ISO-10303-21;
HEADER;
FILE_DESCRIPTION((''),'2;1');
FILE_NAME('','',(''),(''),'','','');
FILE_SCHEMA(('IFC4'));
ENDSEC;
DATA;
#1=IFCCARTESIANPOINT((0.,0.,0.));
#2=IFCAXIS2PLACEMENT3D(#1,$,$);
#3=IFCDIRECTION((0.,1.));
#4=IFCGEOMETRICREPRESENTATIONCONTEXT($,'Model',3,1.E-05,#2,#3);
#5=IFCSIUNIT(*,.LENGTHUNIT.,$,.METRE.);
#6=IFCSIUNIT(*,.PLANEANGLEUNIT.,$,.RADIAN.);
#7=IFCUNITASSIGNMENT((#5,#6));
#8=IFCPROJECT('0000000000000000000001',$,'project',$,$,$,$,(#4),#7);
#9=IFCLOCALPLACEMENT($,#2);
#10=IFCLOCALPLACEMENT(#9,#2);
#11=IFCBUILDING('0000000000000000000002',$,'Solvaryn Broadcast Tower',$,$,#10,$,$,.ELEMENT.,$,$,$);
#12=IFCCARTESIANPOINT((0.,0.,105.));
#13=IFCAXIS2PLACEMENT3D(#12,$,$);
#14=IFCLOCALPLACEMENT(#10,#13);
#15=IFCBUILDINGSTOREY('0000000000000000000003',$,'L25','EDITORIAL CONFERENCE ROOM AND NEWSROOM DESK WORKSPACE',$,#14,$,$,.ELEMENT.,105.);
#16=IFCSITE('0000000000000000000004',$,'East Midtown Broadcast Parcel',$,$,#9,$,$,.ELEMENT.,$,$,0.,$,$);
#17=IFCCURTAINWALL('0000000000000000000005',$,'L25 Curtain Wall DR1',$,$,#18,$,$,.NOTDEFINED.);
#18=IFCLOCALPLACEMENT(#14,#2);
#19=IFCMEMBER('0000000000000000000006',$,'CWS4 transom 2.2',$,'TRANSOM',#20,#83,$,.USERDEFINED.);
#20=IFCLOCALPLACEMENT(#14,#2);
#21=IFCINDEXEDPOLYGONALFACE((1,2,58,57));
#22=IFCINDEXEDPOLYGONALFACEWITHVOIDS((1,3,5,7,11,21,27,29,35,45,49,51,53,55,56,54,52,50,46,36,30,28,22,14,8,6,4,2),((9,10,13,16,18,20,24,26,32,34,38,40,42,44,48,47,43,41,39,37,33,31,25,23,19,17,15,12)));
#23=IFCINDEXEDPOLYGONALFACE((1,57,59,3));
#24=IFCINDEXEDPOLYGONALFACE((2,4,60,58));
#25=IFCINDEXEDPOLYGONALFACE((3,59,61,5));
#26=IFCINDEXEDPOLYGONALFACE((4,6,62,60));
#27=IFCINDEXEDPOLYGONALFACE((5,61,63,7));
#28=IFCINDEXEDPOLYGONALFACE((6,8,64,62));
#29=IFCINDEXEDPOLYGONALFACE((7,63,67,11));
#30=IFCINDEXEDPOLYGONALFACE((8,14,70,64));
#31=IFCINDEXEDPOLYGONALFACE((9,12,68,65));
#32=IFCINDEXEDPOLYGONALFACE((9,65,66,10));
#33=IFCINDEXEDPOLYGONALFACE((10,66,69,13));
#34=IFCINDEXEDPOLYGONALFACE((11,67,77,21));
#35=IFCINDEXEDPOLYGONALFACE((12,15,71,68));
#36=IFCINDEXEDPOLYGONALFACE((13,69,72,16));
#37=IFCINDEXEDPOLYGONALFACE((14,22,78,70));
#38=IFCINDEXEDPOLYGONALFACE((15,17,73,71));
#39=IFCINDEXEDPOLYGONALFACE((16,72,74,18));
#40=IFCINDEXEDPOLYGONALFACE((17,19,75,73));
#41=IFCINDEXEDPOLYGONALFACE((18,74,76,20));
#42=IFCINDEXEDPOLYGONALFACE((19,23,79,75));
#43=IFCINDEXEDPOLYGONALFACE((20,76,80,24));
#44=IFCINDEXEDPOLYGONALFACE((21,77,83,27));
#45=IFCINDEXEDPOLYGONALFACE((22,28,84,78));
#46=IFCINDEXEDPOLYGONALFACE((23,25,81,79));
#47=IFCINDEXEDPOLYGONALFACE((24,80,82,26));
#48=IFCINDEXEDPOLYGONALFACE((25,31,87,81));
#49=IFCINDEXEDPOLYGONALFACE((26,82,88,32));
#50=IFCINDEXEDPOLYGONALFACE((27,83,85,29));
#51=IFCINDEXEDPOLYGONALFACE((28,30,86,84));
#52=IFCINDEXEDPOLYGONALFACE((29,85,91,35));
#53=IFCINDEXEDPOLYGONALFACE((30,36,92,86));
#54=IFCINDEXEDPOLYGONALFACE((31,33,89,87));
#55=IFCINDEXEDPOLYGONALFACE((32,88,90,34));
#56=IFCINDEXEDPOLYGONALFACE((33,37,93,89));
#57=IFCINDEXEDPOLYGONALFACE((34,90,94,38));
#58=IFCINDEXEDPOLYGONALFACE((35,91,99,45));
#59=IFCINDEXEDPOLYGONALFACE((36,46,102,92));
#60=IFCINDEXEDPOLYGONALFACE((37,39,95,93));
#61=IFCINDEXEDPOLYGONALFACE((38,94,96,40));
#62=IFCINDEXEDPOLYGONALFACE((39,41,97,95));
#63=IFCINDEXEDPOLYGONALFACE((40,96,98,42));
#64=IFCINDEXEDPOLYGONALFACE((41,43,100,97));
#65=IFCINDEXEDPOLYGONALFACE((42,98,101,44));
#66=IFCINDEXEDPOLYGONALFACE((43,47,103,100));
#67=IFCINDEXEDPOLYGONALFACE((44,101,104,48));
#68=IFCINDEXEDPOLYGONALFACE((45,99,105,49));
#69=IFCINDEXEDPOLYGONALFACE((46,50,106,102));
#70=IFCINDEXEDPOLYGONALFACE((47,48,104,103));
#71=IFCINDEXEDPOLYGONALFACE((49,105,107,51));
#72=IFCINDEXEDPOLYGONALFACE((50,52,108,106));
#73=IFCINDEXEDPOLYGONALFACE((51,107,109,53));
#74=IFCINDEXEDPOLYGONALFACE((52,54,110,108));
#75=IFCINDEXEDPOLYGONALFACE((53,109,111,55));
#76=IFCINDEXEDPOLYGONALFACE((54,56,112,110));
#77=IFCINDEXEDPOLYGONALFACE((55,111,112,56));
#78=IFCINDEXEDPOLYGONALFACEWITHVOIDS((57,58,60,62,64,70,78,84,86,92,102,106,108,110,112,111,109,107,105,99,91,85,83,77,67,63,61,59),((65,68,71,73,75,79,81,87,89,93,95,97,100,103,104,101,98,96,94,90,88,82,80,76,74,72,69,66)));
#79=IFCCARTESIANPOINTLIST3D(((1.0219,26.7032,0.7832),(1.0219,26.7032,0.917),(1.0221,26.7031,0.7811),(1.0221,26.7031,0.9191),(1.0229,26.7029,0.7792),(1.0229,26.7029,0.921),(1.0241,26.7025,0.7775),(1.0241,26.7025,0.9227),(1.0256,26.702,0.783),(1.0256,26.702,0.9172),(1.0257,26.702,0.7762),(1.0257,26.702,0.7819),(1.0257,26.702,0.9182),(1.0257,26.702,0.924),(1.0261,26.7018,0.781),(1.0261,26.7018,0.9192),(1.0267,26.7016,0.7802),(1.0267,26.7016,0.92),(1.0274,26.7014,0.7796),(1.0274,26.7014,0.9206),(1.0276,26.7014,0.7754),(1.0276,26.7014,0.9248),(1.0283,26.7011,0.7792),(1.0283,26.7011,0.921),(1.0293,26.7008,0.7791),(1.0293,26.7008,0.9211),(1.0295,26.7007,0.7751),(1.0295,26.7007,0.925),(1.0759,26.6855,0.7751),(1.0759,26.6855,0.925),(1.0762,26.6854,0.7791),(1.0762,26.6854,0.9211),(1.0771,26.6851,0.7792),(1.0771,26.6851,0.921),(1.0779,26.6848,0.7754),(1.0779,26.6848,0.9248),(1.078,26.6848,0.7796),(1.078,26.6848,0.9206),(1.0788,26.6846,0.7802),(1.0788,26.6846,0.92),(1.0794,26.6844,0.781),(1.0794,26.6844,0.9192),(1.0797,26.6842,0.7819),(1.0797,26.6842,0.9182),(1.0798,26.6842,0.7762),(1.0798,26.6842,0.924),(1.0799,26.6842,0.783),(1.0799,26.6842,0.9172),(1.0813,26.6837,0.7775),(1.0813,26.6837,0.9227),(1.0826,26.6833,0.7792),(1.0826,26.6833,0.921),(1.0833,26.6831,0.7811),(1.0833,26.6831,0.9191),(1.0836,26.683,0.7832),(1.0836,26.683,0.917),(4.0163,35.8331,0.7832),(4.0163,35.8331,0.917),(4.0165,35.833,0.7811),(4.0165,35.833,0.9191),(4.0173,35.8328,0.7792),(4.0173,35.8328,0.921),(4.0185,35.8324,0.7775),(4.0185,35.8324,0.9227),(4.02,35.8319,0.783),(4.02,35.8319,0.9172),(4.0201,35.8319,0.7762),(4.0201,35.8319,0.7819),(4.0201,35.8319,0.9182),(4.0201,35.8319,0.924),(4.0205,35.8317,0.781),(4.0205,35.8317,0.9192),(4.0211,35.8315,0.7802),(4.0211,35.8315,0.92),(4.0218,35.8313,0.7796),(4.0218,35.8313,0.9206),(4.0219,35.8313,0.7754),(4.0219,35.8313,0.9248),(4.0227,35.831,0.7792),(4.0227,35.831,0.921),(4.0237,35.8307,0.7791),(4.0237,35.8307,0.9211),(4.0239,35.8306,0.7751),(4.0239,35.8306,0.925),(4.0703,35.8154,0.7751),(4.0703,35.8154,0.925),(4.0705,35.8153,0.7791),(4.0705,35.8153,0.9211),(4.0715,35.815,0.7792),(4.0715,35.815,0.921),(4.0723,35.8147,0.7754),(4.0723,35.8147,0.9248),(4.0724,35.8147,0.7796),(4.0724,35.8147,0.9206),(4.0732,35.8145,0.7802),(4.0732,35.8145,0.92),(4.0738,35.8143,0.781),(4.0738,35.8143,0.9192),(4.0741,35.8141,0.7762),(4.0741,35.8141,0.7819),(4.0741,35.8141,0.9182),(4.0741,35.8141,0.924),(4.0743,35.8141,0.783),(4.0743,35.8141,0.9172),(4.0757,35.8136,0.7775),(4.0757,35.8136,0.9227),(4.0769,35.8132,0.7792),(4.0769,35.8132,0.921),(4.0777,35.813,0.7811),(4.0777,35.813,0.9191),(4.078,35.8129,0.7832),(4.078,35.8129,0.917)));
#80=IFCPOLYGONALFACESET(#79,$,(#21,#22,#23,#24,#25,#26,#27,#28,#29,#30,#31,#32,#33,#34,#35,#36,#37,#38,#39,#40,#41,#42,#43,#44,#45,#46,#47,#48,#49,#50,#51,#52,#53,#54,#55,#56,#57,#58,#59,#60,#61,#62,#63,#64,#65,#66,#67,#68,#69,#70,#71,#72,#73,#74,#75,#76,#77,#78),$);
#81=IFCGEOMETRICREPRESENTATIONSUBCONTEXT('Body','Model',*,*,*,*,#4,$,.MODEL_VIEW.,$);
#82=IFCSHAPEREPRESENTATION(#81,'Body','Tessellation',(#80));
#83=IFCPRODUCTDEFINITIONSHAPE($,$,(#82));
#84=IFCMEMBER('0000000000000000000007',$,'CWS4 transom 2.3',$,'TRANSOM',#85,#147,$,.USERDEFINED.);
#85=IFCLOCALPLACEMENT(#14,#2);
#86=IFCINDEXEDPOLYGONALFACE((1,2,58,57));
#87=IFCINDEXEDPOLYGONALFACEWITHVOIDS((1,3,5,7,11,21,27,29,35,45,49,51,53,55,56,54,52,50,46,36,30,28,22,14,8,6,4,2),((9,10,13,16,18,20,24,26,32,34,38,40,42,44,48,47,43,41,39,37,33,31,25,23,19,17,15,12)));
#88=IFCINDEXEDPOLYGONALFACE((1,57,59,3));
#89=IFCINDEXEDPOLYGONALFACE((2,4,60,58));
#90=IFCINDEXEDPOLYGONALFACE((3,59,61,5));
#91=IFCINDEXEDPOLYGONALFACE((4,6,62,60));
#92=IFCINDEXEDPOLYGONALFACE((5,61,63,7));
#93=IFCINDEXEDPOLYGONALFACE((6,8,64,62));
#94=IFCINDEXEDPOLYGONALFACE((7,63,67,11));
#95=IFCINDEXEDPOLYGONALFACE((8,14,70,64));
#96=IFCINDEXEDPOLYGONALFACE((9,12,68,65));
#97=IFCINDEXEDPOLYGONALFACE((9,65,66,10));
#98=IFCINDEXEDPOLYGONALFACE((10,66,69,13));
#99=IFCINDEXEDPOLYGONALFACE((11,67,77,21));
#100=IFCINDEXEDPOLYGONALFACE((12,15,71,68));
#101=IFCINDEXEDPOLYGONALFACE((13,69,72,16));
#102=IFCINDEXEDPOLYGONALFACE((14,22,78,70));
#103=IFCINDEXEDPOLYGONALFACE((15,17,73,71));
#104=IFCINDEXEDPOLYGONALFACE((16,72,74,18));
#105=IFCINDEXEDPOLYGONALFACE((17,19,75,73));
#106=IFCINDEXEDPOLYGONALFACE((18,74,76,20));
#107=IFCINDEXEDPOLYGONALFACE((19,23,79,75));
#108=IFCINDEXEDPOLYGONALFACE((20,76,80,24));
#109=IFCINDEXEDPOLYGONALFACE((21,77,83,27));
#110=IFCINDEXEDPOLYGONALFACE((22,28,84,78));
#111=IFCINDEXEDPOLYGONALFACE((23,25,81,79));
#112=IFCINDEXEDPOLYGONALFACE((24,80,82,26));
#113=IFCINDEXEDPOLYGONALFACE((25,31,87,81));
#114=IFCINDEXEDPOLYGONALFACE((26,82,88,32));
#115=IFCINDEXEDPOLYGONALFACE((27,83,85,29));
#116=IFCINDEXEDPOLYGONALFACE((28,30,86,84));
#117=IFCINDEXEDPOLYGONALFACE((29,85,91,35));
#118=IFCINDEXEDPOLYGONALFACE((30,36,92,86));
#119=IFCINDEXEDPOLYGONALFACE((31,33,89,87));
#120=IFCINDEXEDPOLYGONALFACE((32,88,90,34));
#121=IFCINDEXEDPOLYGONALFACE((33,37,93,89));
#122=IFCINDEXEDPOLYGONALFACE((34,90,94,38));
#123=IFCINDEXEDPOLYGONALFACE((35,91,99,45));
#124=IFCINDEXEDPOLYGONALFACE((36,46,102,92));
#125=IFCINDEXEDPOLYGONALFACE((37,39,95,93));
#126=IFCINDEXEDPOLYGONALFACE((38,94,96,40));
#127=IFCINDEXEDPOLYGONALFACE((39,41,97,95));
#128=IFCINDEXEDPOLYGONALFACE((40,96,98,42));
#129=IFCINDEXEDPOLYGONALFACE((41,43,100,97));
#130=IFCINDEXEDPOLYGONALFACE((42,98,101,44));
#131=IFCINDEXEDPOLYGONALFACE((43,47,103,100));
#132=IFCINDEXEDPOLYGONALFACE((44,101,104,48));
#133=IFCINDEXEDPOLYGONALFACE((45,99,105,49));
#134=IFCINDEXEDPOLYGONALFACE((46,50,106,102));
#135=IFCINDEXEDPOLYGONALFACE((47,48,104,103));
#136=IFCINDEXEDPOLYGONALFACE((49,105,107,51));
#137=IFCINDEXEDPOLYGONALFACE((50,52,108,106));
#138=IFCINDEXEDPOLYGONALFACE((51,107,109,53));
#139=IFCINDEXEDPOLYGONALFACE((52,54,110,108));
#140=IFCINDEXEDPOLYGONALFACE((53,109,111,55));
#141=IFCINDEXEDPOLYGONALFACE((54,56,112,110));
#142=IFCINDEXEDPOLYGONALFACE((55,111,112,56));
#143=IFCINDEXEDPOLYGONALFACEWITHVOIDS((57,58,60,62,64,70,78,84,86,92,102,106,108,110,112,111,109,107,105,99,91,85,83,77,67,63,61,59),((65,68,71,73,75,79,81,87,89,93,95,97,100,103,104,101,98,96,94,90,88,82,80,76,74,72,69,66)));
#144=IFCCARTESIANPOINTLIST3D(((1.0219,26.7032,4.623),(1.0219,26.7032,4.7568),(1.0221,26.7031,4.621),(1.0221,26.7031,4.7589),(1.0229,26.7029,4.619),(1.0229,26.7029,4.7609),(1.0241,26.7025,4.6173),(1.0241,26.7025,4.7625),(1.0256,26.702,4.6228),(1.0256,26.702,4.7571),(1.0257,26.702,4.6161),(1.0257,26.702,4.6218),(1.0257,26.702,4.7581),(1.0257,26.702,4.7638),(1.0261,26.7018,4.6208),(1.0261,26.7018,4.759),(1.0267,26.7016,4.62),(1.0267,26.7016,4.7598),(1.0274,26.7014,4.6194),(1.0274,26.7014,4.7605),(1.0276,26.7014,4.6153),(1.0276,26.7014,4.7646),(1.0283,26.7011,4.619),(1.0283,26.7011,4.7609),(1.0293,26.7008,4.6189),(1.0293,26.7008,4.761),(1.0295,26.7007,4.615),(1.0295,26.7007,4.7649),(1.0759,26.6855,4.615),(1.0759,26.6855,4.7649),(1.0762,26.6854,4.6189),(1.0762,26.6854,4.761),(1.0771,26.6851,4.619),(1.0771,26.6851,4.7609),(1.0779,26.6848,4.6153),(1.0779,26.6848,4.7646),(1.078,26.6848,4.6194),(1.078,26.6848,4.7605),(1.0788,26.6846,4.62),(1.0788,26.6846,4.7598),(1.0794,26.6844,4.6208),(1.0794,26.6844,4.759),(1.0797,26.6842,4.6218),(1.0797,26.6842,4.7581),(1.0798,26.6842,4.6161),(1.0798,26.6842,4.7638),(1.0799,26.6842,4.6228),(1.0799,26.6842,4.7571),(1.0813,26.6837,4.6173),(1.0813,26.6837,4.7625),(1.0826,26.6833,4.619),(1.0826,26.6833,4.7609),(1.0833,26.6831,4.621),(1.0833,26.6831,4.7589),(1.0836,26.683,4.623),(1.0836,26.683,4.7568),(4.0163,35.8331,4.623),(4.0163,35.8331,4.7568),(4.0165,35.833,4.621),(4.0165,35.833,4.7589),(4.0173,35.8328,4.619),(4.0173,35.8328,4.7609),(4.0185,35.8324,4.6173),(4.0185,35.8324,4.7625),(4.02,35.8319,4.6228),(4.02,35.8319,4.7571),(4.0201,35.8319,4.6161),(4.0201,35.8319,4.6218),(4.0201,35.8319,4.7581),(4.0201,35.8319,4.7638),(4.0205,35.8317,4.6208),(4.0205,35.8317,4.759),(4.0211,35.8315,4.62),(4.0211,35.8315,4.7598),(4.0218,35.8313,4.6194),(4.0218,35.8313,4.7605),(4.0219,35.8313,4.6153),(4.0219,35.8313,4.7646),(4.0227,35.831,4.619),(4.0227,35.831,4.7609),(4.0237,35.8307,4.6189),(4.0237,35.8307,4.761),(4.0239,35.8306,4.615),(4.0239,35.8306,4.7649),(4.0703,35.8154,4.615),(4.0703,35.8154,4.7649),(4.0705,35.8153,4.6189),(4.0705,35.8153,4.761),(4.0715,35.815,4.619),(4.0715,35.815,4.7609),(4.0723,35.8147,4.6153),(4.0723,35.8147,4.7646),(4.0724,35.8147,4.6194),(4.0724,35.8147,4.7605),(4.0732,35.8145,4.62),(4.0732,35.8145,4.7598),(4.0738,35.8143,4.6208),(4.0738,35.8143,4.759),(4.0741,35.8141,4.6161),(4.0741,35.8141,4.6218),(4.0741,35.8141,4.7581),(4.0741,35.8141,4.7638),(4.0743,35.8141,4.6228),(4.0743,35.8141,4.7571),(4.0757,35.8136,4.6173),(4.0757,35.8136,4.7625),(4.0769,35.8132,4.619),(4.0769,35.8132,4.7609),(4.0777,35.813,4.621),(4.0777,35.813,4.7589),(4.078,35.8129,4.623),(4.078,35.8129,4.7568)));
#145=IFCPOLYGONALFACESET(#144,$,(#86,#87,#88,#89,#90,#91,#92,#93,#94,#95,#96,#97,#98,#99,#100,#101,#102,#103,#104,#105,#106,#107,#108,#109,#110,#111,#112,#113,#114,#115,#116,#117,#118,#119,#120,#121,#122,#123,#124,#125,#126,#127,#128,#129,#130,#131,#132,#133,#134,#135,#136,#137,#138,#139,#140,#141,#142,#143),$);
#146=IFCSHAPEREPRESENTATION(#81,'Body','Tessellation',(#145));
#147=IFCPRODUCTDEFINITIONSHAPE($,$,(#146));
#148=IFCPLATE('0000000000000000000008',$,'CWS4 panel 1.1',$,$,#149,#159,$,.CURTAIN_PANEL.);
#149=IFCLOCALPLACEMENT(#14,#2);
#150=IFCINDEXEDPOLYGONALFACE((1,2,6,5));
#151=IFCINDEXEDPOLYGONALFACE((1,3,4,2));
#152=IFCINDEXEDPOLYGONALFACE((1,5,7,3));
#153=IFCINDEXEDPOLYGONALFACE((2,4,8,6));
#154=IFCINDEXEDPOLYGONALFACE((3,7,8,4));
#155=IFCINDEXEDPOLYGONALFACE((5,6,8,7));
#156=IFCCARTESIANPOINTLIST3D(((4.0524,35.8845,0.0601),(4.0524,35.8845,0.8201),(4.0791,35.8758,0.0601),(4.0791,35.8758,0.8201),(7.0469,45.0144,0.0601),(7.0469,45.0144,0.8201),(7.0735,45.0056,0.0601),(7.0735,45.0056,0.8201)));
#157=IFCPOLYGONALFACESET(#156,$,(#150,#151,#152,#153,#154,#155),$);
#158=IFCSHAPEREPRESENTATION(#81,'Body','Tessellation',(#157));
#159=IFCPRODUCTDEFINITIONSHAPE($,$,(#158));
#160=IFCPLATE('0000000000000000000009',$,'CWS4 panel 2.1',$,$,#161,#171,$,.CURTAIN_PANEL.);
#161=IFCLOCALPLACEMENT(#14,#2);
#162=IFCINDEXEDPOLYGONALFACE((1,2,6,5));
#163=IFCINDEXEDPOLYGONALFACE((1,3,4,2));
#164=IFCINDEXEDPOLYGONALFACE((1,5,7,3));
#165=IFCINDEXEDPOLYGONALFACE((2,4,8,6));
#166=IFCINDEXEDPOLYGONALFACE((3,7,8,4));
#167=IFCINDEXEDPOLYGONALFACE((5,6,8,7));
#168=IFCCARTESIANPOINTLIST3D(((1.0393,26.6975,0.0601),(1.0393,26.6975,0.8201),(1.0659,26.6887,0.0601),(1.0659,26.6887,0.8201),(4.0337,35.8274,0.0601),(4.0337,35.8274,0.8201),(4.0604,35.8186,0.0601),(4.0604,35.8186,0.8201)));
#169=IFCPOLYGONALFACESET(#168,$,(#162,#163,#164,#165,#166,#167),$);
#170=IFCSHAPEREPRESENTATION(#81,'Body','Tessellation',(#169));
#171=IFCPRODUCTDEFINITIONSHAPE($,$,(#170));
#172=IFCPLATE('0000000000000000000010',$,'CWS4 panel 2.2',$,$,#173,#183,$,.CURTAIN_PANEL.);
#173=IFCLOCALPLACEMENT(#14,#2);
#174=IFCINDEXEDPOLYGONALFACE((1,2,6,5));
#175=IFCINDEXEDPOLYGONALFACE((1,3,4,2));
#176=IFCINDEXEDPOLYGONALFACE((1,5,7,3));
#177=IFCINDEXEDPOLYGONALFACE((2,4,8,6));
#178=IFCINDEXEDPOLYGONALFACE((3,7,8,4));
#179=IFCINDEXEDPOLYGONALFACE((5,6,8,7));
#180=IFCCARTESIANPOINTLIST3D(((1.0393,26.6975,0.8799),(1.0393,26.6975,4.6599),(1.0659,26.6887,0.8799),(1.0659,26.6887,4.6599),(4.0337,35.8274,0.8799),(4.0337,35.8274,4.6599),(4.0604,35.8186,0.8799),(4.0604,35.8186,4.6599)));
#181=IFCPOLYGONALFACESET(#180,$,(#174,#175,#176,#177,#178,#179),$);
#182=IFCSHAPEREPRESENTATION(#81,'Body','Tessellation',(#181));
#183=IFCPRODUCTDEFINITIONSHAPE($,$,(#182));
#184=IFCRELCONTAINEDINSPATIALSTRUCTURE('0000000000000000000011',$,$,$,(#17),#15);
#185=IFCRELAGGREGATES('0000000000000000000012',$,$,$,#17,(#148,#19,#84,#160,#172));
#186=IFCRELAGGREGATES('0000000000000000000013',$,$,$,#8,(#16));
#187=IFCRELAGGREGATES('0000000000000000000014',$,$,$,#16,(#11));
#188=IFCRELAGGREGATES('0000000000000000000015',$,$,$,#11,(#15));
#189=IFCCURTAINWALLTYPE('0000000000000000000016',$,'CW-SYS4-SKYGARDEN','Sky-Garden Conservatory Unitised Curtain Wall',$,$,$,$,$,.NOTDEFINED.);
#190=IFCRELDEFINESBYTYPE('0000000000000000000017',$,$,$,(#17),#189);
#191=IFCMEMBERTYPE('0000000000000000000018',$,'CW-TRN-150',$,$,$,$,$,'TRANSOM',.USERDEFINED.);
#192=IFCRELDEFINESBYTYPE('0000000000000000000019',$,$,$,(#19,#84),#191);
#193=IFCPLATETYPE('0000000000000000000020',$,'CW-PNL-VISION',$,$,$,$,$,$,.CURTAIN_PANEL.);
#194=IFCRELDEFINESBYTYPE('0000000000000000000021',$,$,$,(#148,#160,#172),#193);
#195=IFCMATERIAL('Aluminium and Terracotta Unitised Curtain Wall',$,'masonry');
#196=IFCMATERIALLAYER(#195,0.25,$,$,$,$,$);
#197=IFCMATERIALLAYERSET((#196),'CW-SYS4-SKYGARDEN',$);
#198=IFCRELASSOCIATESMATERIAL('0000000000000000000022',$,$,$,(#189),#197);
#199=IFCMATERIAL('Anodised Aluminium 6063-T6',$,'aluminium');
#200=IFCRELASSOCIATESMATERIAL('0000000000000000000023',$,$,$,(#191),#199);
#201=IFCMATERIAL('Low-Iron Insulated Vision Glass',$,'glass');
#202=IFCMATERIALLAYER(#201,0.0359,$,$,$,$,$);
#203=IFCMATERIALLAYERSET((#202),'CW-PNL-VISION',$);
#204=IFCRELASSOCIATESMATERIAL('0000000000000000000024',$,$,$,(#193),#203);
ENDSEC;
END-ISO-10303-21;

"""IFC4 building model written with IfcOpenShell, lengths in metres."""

from ifc_helpers import new_model, si_unit, direction, frame, origin, origin_2d, place, context, subcontext, project, spatial, rectangle, hollow_rectangle, extrude, material, layer, layer_set, material_profile, profile_set, type_object, element, aggregate, save


model = new_model("IFC4")

# Units and contexts
model_context = context("Model", 3, precision=1e-05, world=origin(), true_north=direction((0.0, 1.0)))
body_context = subcontext(model_context, "Body", "Model", "MODEL_VIEW")
ifc_project = project(units=[si_unit("LENGTHUNIT", "METRE"), si_unit("PLANEANGLEUNIT", "RADIAN")], contexts=[model_context])

# Site, building, storey
site_placement = place(None, origin())
site = spatial("IfcSite", under=ifc_project, at=site_placement, Name="East Midtown Broadcast Parcel", CompositionType="ELEMENT", RefElevation=0.0)
building_placement = place(site_placement, origin())
building = spatial("IfcBuilding", under=site, at=building_placement, Name="Solvaryn Broadcast Tower", CompositionType="ELEMENT")
storey_placement = place(building_placement, frame((0.0, 0.0, 105.0)))
storey = spatial("IfcBuildingStorey", under=building, at=storey_placement, Name="L25", Description="EDITORIAL CONFERENCE ROOM AND NEWSROOM DESK WORKSPACE", CompositionType="ELEMENT", Elevation=105.0)

# Curtain wall, members, plates
ifc_material_1 = material(Name="Aluminium and Terracotta Unitised Curtain Wall", Category="masonry")
ifc_layer_1 = layer(ifc_material_1, 0.25)
ifc_layer_set_1 = layer_set([ifc_layer_1], Name="CW-SYS4-SKYGARDEN")
curtain_wall_type = type_object("IfcCurtainWallType", Name="CW-SYS4-SKYGARDEN", Description="Sky-Garden Conservatory Unitised Curtain Wall", PredefinedType="NOTDEFINED", material=ifc_layer_set_1)
curtain_wall_placement = place(storey_placement, origin())
curtain_wall = element("IfcCurtainWall", 1, at=curtain_wall_placement, inside=storey, type_object=curtain_wall_type, Name="L25 Curtain Wall DR1", PredefinedType="NOTDEFINED")
ifc_material_2 = material(Name="Anodised Aluminium 6063-T6", Category="aluminium")
ifc_material_profile_1 = material_profile(ifc_material_2, hollow_rectangle(XDim=0.0649, YDim=0.1499, WallThickness=0.0039, InnerFilletRadius=0.0039, OuterFilletRadius=0.0081, at=origin_2d()))
ifc_profile_set_1 = profile_set([ifc_material_profile_1], Name="Anodised Aluminium 6063-T6")
member_type_1 = type_object("IfcMemberType", Name="CW-TRN-150", ElementType="TRANSOM", PredefinedType="USERDEFINED", material=ifc_profile_set_1)
member_1_placement = place(storey_placement, frame((4.0471, 35.823, 0.8501), z_axis=(-0.311643, -0.950199, 0.0), x_axis=(0.950199, -0.311643, 0.0)))
member_1 = element("IfcMember", 2, at=member_1_placement, type_object=member_type_1, Name="CWS4 transom 2.2", ObjectType="TRANSOM", PredefinedType="USERDEFINED", context=body_context, shape_type="SweptSolid", body=[
    extrude(hollow_rectangle(XDim=0.0649, YDim=0.1499, WallThickness=0.0039, InnerFilletRadius=0.0039, OuterFilletRadius=0.0081, at=origin_2d()), origin(), (0.0, 0.0, 1.0), 9.6084),
])
member_2_placement = place(storey_placement, frame((4.0471, 35.823, 4.6899), z_axis=(-0.311643, -0.950199, 0.0), x_axis=(0.950199, -0.311643, 0.0)))
member_2 = element("IfcMember", 3, at=member_2_placement, type_object=member_type_1, Name="CWS4 transom 2.3", ObjectType="TRANSOM", PredefinedType="USERDEFINED", context=body_context, shape_type="SweptSolid", body=[
    extrude(hollow_rectangle(XDim=0.0649, YDim=0.1499, WallThickness=0.0039, InnerFilletRadius=0.0039, OuterFilletRadius=0.0081, at=origin_2d()), origin(), (0.0, 0.0, 1.0), 9.6084),
])
ifc_material_3 = material(Name="Low-Iron Insulated Vision Glass", Category="glass")
ifc_layer_2 = layer(ifc_material_3, 0.0359)
ifc_layer_set_2 = layer_set([ifc_layer_2], Name="CW-PNL-VISION")
plate_type = type_object("IfcPlateType", Name="CW-PNL-VISION", PredefinedType="CURTAIN_PANEL", material=ifc_layer_set_2)
plate_1_placement = place(storey_placement, frame((5.563, 40.4451, 0.0601), z_axis=(0.0, 0.0, 1.0), x_axis=(-0.311646, -0.950198, 0.0)))
plate_1 = element("IfcPlate", 4, at=plate_1_placement, type_object=plate_type, Name="CWS4 panel 1.1", PredefinedType="CURTAIN_PANEL", context=body_context, shape_type="SweptSolid", body=[
    extrude(rectangle(XDim=9.6084, YDim=0.0281, at=origin_2d()), origin(), (0.0, 0.0, 1.0), 0.76),
])
plate_2_placement = place(storey_placement, frame((2.5498, 31.2581, 0.0601), z_axis=(0.0, 0.0, 1.0), x_axis=(-0.311646, -0.950198, 0.0)))
plate_2 = element("IfcPlate", 5, at=plate_2_placement, type_object=plate_type, Name="CWS4 panel 2.1", PredefinedType="CURTAIN_PANEL", context=body_context, shape_type="SweptSolid", body=[
    extrude(rectangle(XDim=9.6084, YDim=0.0281, at=origin_2d()), origin(), (0.0, 0.0, 1.0), 0.76),
])
plate_3_placement = place(storey_placement, frame((2.5498, 31.2581, 0.8799), z_axis=(0.0, 0.0, 1.0), x_axis=(-0.311646, -0.950198, 0.0)))
plate_3 = element("IfcPlate", 6, at=plate_3_placement, type_object=plate_type, Name="CWS4 panel 2.2", PredefinedType="CURTAIN_PANEL", context=body_context, shape_type="SweptSolid", body=[
    extrude(rectangle(XDim=9.6084, YDim=0.0281, at=origin_2d()), origin(), (0.0, 0.0, 1.0), 3.78),
])
aggregate(curtain_wall, [plate_1, member_1, member_2, plate_2, plate_3])

save(model, "model.ifc")
